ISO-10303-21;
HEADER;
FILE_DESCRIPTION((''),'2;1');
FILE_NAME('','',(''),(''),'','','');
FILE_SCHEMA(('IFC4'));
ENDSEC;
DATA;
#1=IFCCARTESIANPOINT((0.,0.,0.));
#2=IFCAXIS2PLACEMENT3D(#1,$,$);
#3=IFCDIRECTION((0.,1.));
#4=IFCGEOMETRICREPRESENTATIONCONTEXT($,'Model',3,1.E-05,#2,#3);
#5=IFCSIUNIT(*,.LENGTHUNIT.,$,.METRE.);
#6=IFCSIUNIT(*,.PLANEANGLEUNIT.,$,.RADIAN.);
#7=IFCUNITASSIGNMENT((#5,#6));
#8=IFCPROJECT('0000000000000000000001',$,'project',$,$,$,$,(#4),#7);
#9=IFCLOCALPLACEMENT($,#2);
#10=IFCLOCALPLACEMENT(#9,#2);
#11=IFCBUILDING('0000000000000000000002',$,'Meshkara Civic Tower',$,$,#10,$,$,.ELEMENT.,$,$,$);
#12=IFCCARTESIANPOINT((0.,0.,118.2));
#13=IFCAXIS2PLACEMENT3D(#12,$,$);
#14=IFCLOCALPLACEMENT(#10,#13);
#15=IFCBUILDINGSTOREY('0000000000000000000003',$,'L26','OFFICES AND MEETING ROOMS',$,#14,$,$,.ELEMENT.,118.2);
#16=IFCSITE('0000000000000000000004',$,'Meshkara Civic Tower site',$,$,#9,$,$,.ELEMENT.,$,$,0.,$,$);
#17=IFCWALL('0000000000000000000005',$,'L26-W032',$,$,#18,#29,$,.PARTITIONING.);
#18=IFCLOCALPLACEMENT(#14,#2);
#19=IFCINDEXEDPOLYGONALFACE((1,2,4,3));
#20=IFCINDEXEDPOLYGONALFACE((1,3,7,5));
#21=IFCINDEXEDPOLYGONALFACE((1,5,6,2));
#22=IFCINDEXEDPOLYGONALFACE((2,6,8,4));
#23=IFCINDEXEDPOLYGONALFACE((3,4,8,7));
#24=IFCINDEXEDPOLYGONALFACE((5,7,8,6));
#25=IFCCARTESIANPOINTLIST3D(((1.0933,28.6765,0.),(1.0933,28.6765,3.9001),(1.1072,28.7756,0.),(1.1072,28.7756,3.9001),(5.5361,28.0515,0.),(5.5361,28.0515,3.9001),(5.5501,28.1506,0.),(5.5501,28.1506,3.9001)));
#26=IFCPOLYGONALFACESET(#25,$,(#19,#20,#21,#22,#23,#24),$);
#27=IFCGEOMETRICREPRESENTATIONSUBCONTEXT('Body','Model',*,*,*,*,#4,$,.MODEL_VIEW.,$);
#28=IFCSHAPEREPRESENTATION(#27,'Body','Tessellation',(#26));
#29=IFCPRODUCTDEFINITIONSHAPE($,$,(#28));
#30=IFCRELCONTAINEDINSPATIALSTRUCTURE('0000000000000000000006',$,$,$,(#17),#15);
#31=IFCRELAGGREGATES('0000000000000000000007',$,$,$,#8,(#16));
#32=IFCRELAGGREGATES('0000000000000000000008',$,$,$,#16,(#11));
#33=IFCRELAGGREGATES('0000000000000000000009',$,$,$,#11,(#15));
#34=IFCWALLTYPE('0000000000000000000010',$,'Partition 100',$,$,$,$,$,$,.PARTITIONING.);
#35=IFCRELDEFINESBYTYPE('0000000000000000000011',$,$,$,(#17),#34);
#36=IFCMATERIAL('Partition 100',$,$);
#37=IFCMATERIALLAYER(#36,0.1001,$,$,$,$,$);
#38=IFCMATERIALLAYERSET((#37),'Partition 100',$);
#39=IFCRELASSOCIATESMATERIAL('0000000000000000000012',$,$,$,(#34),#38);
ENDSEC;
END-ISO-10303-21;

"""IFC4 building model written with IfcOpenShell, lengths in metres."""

from ifc_helpers import new_model, si_unit, direction, frame, frame_2d, origin, place, context, subcontext, project, spatial, rectangle, extrude, material, layer, layer_set, type_object, element, save


model = new_model("IFC4")

# Units and contexts
model_context = context("Model", 3, precision=1e-05, world=origin(), true_north=direction((0.0, 1.0)))
body_context = subcontext(model_context, "Body", "Model", "MODEL_VIEW")
ifc_project = project(units=[si_unit("LENGTHUNIT", "METRE"), si_unit("PLANEANGLEUNIT", "RADIAN")], contexts=[model_context])

# Site, building, storey
site_placement = place(None, origin())
site = spatial("IfcSite", under=ifc_project, at=site_placement, Name="Meshkara Civic Tower site", CompositionType="ELEMENT", RefElevation=0.0)
building_placement = place(site_placement, origin())
building = spatial("IfcBuilding", under=site, at=building_placement, Name="Meshkara Civic Tower", CompositionType="ELEMENT")
storey_placement = place(building_placement, frame((0.0, 0.0, 118.2)))
storey = spatial("IfcBuildingStorey", under=building, at=storey_placement, Name="L26", Description="OFFICES AND MEETING ROOMS", CompositionType="ELEMENT", Elevation=118.2)

# Wall
ifc_material_1 = material(Name="Partition 100")
ifc_layer_1 = layer(ifc_material_1, 0.1001)
ifc_layer_set_1 = layer_set([ifc_layer_1], Name="Partition 100")
wall_type_1 = type_object("IfcWallType", Name="Partition 100", PredefinedType="PARTITIONING", material=ifc_layer_set_1)
wall_1_placement = place(storey_placement, frame((5.543, 28.1011, 0.0), z_axis=(0.0, 0.0, 1.0), x_axis=(-0.99025, 0.139303, 0.0)))
element("IfcWall", 1, at=wall_1_placement, inside=storey, type_object=wall_type_1, Name="L26-W032", PredefinedType="PARTITIONING", context=body_context, shape_type="SweptSolid", body=[
    extrude(rectangle(XDim=4.4866, YDim=0.1001, at=frame_2d((2.2432, 0.0))), origin(), (0.0, 0.0, 1.0), 3.9001),
])

save(model, "model.ifc")
